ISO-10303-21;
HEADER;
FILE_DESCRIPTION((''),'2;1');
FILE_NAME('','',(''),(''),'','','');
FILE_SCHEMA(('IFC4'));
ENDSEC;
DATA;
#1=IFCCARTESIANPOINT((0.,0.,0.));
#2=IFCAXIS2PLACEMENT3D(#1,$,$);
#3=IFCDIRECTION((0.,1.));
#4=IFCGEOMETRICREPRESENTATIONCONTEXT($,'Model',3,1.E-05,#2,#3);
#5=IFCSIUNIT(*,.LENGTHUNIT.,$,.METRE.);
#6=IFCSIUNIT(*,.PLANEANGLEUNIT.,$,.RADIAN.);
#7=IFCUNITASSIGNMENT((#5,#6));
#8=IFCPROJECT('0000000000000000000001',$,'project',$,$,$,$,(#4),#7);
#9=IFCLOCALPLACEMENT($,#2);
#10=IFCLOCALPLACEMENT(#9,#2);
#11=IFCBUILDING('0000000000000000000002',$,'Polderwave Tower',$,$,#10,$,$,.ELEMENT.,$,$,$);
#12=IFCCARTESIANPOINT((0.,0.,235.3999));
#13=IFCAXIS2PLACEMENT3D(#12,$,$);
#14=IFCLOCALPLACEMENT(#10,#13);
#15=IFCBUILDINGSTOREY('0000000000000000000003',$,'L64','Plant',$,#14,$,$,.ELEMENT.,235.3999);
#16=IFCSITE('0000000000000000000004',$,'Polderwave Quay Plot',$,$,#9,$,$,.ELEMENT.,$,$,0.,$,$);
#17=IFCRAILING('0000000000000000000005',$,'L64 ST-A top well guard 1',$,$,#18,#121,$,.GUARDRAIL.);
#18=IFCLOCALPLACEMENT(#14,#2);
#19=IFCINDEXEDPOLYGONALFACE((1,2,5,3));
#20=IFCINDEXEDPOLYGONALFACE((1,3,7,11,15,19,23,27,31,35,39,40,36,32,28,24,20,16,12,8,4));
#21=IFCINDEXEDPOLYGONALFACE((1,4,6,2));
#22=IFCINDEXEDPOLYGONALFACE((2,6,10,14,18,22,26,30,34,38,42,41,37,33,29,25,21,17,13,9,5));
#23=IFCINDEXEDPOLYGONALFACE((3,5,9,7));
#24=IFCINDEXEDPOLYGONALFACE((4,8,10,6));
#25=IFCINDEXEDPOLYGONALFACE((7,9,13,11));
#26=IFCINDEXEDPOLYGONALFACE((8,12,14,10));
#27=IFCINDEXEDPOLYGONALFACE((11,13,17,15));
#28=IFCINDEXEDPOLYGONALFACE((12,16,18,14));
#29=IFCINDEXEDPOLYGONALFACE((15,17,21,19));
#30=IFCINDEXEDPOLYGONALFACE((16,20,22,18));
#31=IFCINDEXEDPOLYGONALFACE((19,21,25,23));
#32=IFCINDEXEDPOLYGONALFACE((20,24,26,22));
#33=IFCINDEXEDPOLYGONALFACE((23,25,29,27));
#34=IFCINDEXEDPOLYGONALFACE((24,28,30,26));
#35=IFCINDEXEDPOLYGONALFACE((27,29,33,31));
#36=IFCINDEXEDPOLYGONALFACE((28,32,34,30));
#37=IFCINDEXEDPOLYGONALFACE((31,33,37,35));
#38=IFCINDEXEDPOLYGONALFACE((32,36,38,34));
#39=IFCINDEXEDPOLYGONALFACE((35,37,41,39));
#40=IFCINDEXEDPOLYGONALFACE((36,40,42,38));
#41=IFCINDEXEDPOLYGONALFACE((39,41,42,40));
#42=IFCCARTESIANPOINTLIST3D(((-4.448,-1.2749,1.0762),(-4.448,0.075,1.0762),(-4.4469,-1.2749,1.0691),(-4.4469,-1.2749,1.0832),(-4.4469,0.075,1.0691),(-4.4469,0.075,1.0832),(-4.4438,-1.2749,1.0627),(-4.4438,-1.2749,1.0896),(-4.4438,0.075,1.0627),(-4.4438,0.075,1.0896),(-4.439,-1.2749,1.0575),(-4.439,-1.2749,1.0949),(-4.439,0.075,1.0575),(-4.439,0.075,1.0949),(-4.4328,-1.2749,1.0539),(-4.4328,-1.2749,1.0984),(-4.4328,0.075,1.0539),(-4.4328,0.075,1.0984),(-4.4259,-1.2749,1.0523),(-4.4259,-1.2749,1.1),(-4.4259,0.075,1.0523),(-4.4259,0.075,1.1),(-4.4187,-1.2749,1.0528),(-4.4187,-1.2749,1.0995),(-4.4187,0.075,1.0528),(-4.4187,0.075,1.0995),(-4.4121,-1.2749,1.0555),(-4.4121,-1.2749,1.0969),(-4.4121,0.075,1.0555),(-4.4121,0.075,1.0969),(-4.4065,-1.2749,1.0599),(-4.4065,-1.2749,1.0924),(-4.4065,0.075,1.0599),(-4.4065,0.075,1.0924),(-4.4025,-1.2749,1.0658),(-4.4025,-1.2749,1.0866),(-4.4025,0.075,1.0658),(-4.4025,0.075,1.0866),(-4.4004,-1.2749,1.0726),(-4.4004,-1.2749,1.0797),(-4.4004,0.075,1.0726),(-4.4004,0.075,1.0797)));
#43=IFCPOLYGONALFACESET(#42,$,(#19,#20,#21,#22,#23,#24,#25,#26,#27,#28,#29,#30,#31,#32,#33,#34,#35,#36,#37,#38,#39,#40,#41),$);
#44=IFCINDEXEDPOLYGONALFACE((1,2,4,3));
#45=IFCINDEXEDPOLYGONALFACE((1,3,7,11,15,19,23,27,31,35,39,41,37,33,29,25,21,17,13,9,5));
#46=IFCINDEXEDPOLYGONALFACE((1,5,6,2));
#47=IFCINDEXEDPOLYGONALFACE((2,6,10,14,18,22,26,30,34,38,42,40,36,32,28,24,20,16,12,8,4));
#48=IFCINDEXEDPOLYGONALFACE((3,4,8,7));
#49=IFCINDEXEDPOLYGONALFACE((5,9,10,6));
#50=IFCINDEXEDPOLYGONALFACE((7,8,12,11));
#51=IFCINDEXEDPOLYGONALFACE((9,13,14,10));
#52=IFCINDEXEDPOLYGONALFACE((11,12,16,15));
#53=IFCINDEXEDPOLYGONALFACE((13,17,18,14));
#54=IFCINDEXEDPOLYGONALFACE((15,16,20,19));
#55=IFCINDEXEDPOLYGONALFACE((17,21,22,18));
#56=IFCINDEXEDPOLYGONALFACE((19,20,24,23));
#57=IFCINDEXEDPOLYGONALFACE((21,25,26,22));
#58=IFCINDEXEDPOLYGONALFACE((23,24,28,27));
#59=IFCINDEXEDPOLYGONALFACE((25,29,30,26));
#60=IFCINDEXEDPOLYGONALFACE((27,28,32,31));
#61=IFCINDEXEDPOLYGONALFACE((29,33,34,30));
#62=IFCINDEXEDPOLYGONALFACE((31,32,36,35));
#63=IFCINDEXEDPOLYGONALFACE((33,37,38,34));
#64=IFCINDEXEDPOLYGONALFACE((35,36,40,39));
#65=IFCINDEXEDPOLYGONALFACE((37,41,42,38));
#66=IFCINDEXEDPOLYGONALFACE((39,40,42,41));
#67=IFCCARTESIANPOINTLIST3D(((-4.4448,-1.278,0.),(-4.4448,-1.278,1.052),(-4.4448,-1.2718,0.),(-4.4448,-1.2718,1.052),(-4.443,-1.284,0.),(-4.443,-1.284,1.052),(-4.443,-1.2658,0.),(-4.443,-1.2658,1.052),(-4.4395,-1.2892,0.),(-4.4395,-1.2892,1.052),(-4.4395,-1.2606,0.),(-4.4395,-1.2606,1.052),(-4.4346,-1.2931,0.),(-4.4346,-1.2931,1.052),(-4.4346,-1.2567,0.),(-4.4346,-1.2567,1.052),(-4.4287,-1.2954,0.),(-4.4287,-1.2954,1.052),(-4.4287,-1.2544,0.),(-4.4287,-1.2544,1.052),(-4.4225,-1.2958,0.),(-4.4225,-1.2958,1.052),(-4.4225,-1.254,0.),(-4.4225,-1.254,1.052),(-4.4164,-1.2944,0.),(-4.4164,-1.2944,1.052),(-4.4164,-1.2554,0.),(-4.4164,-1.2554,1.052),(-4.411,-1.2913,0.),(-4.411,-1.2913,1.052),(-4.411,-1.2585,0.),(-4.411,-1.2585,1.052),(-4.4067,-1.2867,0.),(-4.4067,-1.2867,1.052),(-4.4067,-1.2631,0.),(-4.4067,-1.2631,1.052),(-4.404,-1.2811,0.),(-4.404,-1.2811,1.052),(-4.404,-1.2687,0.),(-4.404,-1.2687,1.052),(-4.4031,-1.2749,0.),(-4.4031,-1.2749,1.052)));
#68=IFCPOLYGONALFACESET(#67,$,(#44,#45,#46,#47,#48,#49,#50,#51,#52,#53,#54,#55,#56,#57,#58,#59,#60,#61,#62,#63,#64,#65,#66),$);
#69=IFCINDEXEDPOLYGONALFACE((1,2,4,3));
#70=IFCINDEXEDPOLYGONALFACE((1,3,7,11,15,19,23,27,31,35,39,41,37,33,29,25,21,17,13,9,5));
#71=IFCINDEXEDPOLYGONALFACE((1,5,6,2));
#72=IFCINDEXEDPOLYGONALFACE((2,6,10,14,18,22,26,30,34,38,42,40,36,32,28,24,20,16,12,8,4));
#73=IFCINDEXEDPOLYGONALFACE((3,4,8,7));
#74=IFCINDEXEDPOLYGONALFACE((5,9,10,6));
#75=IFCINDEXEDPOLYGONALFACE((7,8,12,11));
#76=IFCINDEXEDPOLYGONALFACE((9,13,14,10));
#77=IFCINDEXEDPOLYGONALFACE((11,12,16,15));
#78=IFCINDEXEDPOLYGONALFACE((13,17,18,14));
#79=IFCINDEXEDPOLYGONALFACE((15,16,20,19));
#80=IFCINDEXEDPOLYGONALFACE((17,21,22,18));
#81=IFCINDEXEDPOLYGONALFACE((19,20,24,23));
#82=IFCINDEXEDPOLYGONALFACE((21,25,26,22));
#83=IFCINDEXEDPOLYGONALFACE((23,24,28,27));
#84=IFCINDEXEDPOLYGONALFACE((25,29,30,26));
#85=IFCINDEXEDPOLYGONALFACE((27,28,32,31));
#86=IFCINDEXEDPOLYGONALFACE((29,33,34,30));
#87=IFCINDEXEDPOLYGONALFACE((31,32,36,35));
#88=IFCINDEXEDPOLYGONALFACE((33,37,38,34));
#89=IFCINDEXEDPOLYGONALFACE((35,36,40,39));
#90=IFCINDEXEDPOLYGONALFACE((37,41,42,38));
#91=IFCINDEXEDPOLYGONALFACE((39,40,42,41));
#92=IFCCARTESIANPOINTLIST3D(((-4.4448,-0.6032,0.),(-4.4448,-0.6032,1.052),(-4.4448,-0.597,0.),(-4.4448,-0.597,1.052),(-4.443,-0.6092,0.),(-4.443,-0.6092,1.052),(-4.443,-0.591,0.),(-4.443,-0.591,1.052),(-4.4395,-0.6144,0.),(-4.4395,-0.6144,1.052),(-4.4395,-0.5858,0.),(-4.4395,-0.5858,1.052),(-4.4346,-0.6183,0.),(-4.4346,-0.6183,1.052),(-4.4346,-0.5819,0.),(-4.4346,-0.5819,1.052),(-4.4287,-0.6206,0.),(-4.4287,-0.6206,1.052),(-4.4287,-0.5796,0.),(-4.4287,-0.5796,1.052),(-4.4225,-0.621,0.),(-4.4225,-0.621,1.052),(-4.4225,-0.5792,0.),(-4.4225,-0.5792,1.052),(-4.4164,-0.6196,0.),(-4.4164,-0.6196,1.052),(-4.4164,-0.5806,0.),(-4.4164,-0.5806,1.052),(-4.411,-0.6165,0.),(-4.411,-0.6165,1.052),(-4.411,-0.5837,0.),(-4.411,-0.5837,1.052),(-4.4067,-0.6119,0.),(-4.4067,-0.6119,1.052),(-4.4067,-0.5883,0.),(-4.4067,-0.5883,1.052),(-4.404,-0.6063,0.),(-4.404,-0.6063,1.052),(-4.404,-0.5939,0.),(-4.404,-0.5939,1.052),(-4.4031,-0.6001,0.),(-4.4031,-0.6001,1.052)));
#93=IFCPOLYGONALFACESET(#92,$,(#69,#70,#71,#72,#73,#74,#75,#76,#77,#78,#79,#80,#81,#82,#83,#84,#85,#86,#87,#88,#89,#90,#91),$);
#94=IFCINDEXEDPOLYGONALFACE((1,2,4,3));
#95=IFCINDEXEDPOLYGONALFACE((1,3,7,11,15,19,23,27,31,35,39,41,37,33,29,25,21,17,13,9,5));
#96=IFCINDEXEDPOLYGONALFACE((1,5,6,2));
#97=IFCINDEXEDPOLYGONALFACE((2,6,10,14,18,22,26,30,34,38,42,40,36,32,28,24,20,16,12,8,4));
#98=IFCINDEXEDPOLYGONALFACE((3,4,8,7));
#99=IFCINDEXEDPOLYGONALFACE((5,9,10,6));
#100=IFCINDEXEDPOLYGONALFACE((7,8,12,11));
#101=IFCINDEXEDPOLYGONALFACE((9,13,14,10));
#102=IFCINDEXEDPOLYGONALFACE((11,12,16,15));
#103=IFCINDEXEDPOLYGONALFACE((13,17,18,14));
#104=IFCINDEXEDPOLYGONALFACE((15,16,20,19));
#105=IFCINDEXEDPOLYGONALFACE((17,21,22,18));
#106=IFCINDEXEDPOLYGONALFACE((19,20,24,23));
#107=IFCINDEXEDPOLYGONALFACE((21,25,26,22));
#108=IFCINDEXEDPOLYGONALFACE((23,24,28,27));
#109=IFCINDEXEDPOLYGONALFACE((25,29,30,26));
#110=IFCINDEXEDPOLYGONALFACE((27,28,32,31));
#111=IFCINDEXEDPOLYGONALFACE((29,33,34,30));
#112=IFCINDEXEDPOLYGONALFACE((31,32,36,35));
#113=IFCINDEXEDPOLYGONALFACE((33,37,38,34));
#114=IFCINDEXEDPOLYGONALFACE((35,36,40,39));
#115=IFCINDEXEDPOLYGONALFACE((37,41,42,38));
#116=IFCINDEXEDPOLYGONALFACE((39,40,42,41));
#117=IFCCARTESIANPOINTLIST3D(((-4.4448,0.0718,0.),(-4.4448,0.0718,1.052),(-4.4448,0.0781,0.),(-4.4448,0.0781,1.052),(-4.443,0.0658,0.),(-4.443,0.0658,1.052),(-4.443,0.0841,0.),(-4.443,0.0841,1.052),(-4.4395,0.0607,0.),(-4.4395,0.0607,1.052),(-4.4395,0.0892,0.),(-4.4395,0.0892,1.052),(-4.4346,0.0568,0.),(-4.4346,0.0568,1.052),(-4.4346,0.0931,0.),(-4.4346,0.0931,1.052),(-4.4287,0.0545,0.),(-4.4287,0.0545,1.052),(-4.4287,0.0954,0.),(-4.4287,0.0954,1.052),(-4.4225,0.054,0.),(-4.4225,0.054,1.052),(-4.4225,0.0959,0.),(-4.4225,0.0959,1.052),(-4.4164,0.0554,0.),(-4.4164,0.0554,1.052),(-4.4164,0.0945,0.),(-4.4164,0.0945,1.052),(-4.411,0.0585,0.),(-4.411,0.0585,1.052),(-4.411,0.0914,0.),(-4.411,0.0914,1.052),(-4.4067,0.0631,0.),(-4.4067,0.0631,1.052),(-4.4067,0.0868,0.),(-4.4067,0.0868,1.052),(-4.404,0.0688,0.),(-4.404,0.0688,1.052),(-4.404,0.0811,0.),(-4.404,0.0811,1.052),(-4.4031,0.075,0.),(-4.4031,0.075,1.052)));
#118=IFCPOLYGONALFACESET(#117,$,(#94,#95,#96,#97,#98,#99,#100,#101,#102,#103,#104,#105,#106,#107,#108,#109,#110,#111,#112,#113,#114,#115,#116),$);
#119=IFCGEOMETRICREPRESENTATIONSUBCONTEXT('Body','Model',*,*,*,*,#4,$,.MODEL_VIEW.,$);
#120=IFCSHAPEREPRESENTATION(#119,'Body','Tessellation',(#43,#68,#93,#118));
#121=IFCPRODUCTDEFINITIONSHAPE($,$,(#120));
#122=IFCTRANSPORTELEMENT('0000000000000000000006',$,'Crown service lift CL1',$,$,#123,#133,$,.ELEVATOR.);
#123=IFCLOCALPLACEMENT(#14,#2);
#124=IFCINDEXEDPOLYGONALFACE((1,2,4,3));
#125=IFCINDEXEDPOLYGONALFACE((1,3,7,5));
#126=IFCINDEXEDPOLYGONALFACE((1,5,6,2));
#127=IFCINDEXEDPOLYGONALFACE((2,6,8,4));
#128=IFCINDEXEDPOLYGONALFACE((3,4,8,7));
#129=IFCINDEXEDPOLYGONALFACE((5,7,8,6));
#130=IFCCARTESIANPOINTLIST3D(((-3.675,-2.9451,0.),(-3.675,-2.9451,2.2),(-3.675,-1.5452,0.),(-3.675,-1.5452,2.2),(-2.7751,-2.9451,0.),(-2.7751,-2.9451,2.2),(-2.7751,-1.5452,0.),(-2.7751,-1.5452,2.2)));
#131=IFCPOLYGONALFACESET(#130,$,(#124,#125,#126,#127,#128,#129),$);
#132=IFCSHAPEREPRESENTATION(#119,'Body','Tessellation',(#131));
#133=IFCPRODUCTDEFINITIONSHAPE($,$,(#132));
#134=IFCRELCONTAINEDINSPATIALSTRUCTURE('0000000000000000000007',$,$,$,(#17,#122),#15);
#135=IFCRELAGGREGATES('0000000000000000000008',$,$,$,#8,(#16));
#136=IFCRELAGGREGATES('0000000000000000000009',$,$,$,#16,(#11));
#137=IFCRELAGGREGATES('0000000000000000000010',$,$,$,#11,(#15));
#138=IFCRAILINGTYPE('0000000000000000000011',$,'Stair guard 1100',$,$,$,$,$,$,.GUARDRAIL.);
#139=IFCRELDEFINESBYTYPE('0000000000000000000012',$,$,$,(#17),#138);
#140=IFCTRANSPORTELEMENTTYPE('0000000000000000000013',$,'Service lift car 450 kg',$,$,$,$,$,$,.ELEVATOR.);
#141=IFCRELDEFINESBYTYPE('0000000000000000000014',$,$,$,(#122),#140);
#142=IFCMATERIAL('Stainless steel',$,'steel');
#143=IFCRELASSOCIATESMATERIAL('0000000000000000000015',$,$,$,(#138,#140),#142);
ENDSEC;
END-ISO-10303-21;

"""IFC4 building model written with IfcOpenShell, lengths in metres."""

from ifc_helpers import new_model, si_unit, direction, frame, origin, origin_2d, place, context, subcontext, project, spatial, rectangle, circle, extrude, material, type_object, element, save


model = new_model("IFC4")

# Units and contexts
model_context = context("Model", 3, precision=1e-05, world=origin(), true_north=direction((0.0, 1.0)))
body_context = subcontext(model_context, "Body", "Model", "MODEL_VIEW")
ifc_project = project(units=[si_unit("LENGTHUNIT", "METRE"), si_unit("PLANEANGLEUNIT", "RADIAN")], contexts=[model_context])

# Site, building, storey
site_placement = place(None, origin())
site = spatial("IfcSite", under=ifc_project, at=site_placement, Name="Polderwave Quay Plot", CompositionType="ELEMENT", RefElevation=0.0)
building_placement = place(site_placement, origin())
building = spatial("IfcBuilding", under=site, at=building_placement, Name="Polderwave Tower", CompositionType="ELEMENT")
storey_placement = place(building_placement, frame((0.0, 0.0, 235.3999)))
storey = spatial("IfcBuildingStorey", under=building, at=storey_placement, Name="L64", Description="Plant", CompositionType="ELEMENT", Elevation=235.3999)

# Shared definitions
ifc_material_1 = material(Name="Stainless steel", Category="steel")

# Railing
railing_type = type_object("IfcRailingType", Name="Stair guard 1100", PredefinedType="GUARDRAIL", material=ifc_material_1)
railing_placement = place(storey_placement, frame((-4.4241, -1.2749, 0.0)))
element("IfcRailing", 1, at=railing_placement, inside=storey, type_object=railing_type, Name="L64 ST-A top well guard 1", PredefinedType="GUARDRAIL", context=body_context, shape_type="SweptSolid", body=[
    extrude(circle(Radius=0.0239, at=origin_2d()), frame((0.0, 0.0, 1.0762), z_axis=(0.0, 1.0, 0.0), x_axis=(-1.0, 0.0, 0.0)), (0.0, 0.0, 1.0), 1.3499),
    extrude(circle(Radius=0.021, at=origin_2d()), origin(), (0.0, 0.0, 1.0), 1.052),
    extrude(circle(Radius=0.021, at=origin_2d()), frame((0.0, 0.6748, 0.0)), (0.0, 0.0, 1.0), 1.052),
    extrude(circle(Radius=0.021, at=origin_2d()), frame((0.0, 1.3499, 0.0)), (0.0, 0.0, 1.0), 1.052),
])

# Transport element
transport_element_type = type_object("IfcTransportElementType", Name="Service lift car 450 kg", PredefinedType="ELEVATOR", material=ifc_material_1)
transport_element_placement = place(storey_placement, frame((-3.2251, -2.2451, 0.0), z_axis=(0.0, 0.0, 1.0), x_axis=(1.0, 0.0, 0.0)))
element("IfcTransportElement", 2, at=transport_element_placement, inside=storey, type_object=transport_element_type, Name="Crown service lift CL1", PredefinedType="ELEVATOR", context=body_context, shape_type="SweptSolid", body=[
    extrude(rectangle(XDim=0.8999, YDim=1.3999, at=origin_2d()), origin(), (0.0, 0.0, 1.0), 2.2),
])

save(model, "model.ifc")
